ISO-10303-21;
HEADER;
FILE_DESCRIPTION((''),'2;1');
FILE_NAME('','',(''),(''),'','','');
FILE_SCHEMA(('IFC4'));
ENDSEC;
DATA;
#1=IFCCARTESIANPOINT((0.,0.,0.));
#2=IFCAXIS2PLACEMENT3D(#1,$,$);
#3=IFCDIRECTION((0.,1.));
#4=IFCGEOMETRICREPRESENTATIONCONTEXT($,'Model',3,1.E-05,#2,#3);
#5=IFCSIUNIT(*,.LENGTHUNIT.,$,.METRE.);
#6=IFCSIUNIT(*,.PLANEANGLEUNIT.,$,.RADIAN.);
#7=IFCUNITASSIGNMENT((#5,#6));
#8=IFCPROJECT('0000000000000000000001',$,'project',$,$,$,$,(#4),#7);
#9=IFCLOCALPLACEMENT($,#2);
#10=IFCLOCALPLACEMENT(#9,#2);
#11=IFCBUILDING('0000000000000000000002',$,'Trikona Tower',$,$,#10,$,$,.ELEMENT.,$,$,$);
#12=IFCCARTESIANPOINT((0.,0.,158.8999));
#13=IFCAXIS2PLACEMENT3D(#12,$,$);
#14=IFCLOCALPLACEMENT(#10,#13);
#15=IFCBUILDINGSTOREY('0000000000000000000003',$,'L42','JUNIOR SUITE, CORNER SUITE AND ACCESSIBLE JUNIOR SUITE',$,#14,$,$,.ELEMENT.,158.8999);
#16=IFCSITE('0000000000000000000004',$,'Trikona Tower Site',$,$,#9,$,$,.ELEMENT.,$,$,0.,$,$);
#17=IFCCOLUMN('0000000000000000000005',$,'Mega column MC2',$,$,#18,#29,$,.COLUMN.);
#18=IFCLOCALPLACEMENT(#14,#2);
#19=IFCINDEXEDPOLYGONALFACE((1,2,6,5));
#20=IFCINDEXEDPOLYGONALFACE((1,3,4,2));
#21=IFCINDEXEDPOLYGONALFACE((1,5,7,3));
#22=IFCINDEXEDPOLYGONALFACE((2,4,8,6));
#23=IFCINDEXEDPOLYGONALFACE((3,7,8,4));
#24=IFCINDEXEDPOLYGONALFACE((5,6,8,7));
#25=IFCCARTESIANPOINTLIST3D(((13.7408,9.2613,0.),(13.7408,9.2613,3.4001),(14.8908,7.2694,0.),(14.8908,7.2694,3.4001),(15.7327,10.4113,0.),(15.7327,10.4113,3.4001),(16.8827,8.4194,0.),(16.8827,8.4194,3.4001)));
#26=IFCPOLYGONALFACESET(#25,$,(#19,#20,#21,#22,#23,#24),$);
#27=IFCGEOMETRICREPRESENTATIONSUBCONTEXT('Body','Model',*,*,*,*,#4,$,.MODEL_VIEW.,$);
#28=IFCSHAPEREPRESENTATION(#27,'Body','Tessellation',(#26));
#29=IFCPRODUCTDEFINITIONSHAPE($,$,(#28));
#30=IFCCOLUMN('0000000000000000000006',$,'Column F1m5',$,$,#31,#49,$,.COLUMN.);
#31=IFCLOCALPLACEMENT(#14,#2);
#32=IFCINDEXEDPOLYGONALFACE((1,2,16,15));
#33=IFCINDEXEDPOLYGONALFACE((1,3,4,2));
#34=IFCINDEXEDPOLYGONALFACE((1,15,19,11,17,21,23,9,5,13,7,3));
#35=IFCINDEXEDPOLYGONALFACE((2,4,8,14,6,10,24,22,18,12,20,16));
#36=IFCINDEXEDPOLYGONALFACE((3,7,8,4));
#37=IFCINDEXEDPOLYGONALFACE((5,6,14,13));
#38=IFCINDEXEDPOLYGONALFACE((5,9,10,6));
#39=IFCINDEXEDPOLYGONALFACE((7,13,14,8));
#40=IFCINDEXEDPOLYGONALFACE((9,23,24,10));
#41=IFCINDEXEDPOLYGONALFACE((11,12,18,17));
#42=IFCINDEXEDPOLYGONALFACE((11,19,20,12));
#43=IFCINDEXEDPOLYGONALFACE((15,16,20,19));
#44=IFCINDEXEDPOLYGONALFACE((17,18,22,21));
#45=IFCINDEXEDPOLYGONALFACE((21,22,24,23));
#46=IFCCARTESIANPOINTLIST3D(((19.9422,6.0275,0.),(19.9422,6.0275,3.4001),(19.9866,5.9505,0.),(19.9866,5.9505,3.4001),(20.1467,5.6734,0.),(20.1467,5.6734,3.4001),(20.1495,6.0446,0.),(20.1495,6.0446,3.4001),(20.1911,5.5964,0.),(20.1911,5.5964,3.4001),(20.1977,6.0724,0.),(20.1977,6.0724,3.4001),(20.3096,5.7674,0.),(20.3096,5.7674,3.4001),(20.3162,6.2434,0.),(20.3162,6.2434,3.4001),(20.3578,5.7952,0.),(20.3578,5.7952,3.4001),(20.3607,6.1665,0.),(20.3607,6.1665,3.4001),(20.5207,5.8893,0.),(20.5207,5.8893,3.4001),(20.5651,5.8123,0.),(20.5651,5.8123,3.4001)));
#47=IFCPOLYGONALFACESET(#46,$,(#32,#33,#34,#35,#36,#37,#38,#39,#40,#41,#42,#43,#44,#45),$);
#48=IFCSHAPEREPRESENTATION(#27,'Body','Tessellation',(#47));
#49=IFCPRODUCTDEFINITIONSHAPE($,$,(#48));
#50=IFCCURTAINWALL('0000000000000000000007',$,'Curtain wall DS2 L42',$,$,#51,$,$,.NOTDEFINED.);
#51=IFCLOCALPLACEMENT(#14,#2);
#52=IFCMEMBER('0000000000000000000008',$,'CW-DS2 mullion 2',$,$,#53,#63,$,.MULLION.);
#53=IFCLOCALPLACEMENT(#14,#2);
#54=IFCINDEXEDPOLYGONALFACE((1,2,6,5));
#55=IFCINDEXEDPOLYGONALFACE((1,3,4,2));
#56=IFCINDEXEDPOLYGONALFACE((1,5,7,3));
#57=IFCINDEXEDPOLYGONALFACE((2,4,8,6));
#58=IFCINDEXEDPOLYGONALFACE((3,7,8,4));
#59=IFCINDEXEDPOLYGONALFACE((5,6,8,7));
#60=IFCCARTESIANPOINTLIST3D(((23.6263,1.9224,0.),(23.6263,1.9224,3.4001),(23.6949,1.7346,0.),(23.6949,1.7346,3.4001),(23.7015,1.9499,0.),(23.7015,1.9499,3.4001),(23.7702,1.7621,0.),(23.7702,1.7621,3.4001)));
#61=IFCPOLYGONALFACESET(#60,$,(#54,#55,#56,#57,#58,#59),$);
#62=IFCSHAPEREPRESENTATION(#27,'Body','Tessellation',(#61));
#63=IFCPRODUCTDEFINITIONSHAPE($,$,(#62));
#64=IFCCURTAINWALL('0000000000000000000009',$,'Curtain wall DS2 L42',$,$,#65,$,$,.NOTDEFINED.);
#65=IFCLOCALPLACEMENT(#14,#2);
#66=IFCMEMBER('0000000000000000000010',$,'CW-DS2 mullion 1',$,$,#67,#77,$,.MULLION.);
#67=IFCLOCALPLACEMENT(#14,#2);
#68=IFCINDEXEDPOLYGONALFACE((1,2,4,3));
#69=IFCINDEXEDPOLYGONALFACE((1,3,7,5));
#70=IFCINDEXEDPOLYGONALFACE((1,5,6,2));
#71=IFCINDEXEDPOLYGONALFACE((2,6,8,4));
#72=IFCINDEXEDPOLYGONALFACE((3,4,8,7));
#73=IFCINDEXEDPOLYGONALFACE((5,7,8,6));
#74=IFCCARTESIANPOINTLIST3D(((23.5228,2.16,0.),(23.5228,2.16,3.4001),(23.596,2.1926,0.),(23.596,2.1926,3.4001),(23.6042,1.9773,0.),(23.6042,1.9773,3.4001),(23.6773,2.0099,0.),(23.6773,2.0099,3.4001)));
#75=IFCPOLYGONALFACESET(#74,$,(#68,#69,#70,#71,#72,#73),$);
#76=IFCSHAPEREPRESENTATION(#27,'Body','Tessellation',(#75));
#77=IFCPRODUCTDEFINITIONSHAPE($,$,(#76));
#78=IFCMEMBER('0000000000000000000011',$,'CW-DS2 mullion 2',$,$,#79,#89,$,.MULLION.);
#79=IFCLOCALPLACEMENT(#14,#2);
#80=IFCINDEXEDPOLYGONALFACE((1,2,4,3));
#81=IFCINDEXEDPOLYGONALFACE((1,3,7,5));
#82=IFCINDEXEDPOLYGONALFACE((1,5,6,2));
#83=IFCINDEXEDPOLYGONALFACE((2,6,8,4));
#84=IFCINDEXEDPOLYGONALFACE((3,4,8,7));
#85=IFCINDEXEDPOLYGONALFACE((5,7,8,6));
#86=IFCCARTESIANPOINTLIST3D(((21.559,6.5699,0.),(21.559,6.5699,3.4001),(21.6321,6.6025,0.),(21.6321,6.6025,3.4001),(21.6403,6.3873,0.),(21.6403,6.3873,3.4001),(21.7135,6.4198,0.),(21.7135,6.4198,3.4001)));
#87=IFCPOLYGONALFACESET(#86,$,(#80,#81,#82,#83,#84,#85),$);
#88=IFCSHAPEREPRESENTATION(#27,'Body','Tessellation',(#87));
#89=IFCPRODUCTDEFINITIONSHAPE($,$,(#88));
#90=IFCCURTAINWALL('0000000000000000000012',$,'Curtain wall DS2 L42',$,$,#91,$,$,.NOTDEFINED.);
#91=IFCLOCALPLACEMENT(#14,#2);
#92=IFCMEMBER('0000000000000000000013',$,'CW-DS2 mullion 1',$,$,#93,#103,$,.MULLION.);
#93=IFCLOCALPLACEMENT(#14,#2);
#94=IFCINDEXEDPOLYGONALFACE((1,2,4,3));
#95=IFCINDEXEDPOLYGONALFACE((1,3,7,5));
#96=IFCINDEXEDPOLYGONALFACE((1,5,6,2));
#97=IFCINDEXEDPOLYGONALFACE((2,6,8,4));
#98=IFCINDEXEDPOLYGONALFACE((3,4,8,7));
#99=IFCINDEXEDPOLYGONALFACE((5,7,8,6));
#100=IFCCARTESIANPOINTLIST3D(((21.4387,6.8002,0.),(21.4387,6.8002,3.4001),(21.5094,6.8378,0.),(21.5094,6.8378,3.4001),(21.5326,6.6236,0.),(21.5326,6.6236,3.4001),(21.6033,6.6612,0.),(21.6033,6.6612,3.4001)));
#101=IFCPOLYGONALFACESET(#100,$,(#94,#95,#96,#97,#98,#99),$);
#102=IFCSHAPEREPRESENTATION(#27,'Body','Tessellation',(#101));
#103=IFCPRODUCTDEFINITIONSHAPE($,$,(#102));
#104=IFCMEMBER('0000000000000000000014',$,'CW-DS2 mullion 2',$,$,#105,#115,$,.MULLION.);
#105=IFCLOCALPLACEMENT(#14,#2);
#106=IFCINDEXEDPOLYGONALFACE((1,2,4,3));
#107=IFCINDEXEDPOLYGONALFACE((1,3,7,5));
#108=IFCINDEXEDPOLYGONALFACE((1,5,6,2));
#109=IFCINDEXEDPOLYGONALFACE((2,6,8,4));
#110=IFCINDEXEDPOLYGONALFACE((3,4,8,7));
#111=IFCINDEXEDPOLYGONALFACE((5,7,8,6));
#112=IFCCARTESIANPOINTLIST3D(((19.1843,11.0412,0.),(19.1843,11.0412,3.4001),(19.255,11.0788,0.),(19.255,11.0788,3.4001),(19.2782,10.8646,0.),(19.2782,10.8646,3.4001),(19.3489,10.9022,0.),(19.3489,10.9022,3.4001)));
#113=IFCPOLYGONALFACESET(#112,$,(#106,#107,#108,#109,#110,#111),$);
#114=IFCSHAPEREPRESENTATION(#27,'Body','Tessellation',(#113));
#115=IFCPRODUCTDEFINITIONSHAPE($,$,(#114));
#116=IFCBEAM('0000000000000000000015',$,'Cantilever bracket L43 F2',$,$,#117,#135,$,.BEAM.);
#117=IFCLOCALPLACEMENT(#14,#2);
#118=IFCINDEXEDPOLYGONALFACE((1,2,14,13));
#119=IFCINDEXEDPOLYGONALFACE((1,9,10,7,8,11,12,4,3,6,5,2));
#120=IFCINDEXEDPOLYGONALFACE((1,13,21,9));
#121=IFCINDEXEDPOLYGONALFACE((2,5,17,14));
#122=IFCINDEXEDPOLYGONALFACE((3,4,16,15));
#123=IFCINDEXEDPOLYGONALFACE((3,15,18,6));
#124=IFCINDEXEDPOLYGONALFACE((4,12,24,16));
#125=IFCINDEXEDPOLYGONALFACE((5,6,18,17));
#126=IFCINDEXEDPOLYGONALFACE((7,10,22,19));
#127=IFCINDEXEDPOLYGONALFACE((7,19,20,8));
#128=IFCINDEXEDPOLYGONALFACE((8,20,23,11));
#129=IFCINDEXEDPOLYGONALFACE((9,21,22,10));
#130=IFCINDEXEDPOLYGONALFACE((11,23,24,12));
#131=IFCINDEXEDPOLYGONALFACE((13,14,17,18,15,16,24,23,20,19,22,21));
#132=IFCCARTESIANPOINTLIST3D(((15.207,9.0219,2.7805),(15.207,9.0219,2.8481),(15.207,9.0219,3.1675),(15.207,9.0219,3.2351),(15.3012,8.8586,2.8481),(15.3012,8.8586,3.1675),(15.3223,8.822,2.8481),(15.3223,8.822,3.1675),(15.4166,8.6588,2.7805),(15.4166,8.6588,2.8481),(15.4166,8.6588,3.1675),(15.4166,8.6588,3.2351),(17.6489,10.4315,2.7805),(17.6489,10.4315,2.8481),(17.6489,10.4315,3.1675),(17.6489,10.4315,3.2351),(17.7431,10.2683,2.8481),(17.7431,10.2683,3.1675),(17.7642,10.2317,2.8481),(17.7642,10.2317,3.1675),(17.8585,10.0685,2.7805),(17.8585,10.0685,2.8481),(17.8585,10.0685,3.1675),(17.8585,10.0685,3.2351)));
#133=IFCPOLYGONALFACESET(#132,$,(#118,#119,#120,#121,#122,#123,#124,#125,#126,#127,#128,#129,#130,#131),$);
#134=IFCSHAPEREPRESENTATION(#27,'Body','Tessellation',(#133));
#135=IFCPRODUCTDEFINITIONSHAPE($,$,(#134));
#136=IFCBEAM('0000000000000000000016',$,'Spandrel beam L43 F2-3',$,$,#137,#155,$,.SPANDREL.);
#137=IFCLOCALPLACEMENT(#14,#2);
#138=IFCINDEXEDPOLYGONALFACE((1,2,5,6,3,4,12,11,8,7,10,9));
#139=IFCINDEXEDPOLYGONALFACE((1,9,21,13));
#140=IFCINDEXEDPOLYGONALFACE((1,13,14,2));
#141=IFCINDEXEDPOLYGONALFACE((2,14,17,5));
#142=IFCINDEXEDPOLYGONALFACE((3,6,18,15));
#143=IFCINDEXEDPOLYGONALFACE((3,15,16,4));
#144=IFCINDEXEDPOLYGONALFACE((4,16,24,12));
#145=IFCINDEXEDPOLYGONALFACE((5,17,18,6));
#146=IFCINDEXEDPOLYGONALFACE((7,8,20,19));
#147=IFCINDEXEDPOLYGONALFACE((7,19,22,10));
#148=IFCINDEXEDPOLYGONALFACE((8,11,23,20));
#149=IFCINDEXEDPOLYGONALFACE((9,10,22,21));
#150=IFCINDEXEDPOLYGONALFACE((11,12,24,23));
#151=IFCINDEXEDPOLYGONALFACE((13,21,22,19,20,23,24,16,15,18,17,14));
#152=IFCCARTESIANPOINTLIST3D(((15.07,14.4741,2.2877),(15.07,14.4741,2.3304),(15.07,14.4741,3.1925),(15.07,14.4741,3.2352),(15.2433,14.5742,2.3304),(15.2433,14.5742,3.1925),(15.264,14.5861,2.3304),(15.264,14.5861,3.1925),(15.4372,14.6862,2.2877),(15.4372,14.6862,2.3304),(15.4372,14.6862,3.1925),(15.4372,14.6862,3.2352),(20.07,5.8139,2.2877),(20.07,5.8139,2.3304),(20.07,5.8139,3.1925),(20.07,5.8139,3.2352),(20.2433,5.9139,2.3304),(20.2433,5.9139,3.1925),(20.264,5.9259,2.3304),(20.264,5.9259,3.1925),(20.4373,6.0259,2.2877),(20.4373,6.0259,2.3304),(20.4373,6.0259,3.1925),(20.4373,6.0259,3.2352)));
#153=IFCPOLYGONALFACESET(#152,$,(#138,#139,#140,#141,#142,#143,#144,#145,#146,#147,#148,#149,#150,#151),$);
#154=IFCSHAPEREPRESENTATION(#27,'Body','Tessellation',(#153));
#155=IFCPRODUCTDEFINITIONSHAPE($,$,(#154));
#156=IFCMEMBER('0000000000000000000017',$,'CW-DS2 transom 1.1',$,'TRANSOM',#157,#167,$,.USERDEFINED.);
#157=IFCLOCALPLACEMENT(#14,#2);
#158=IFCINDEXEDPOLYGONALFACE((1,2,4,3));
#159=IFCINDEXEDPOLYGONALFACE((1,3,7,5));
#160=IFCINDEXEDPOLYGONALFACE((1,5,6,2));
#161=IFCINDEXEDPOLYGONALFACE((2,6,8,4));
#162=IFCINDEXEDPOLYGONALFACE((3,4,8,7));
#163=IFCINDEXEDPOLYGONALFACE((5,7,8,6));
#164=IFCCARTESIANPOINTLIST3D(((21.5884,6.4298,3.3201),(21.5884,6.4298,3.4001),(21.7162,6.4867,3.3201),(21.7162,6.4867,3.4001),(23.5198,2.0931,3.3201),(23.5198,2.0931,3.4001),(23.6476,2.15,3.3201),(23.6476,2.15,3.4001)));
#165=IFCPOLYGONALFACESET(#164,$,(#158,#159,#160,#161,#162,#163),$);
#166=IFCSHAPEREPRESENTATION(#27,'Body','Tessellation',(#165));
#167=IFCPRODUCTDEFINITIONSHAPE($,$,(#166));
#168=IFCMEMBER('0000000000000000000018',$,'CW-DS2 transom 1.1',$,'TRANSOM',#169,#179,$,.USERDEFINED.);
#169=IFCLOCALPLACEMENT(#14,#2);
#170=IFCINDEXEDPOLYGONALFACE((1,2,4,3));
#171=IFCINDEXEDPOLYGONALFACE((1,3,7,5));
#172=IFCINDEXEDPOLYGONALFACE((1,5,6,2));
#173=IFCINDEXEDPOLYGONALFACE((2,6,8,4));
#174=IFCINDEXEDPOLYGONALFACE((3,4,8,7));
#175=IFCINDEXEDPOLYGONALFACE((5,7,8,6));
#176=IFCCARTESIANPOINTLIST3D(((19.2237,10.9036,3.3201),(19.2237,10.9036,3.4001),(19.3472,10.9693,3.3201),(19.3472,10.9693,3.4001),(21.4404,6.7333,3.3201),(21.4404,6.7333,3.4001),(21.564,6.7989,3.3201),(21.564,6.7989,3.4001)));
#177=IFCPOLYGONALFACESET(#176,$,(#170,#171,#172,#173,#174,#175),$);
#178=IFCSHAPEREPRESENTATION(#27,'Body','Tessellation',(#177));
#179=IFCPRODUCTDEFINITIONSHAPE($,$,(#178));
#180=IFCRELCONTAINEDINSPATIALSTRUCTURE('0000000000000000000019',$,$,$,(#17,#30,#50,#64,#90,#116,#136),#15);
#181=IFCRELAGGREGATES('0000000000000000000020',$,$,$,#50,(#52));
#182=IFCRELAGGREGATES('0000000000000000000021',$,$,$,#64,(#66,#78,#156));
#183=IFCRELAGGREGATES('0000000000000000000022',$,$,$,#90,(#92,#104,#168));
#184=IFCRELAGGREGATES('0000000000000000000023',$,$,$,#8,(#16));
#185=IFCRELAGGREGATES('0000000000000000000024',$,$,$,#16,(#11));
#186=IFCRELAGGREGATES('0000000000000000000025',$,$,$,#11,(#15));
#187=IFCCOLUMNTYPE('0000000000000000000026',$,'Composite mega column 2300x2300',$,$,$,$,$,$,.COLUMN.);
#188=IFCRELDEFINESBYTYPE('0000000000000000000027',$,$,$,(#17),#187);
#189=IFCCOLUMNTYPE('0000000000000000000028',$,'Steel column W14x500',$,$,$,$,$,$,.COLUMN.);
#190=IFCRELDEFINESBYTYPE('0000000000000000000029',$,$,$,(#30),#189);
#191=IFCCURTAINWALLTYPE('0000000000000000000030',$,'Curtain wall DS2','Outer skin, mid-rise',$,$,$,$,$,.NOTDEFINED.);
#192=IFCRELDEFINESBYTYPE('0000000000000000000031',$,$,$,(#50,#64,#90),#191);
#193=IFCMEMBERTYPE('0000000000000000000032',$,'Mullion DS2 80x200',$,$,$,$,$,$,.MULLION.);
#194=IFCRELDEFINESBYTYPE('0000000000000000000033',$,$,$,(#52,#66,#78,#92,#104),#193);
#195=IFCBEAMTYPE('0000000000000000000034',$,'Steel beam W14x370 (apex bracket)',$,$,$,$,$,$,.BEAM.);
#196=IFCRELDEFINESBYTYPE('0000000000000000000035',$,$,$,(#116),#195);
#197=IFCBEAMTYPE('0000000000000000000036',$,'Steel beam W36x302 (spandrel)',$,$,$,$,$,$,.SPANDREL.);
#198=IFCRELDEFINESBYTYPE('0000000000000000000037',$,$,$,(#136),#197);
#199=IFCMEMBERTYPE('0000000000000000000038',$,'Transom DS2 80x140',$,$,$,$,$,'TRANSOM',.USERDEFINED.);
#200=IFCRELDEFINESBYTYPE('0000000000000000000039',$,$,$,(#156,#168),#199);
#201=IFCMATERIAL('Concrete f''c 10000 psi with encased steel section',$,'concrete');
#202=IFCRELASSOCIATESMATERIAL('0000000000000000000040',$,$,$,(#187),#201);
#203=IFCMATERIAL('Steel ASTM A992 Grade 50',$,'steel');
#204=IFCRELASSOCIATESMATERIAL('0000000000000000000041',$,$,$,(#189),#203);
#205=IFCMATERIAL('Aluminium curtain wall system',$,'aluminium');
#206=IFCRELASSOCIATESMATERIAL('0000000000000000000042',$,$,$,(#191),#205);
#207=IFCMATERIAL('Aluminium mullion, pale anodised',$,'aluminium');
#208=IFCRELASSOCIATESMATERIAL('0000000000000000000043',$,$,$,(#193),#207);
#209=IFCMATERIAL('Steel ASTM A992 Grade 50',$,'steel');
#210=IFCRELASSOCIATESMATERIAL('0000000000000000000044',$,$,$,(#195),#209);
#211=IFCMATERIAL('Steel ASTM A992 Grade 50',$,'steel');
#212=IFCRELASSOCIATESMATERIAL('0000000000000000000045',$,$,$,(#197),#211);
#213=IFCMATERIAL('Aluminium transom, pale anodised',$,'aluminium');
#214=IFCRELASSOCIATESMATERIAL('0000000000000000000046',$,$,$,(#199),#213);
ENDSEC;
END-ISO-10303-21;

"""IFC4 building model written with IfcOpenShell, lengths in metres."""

from ifc_helpers import new_model, si_unit, direction, frame, origin, origin_2d, place, context, subcontext, project, spatial, rectangle, i_section, extrude, material, material_profile, profile_set, type_object, element, aggregate, save


model = new_model("IFC4")

# Units and contexts
model_context = context("Model", 3, precision=1e-05, world=origin(), true_north=direction((0.0, 1.0)))
body_context = subcontext(model_context, "Body", "Model", "MODEL_VIEW")
ifc_project = project(units=[si_unit("LENGTHUNIT", "METRE"), si_unit("PLANEANGLEUNIT", "RADIAN")], contexts=[model_context])

# Site, building, storey
site_placement = place(None, origin())
site = spatial("IfcSite", under=ifc_project, at=site_placement, Name="Trikona Tower Site", CompositionType="ELEMENT", RefElevation=0.0)
building_placement = place(site_placement, origin())
building = spatial("IfcBuilding", under=site, at=building_placement, Name="Trikona Tower", CompositionType="ELEMENT")
storey_placement = place(building_placement, frame((0.0, 0.0, 158.8999)))
storey = spatial("IfcBuildingStorey", under=building, at=storey_placement, Name="L42", Description="JUNIOR SUITE, CORNER SUITE AND ACCESSIBLE JUNIOR SUITE", CompositionType="ELEMENT", Elevation=158.8999)

# Columns
ifc_material_1 = material(Name="Concrete f'c 10000 psi with encased steel section", Category="concrete")
ifc_material_profile_1 = material_profile(ifc_material_1, rectangle(XDim=2.3, YDim=2.3, at=origin_2d()), Name="MC2300")
ifc_profile_set_1 = profile_set([ifc_material_profile_1], Name="Concrete f'c 10000 psi with encased steel section")
column_type_1 = type_object("IfcColumnType", Name="Composite mega column 2300x2300", PredefinedType="COLUMN", material=ifc_profile_set_1)
column_1_placement = place(storey_placement, frame((15.3118, 8.8403, 0.0), z_axis=(0.0, 0.0, 1.0), x_axis=(0.866025, 0.5, 0.0)))
element("IfcColumn", 1, at=column_1_placement, inside=storey, type_object=column_type_1, Name="Mega column MC2", PredefinedType="COLUMN", context=body_context, shape_type="SweptSolid", body=[
    extrude(rectangle(XDim=2.3, YDim=2.3, at=origin_2d()), origin(), (0.0, 0.0, 1.0), 3.4001),
])
ifc_material_2 = material(Name="Steel ASTM A992 Grade 50", Category="steel")
ifc_material_profile_2 = material_profile(ifc_material_2, i_section(OverallWidth=0.4319, OverallDepth=0.4978, WebThickness=0.0557, FlangeThickness=0.0889, at=origin_2d()), Name="W14X500")
ifc_profile_set_2 = profile_set([ifc_material_profile_2], Name="Steel ASTM A992 Grade 50")
column_type_2 = type_object("IfcColumnType", Name="Steel column W14x500", PredefinedType="COLUMN", material=ifc_profile_set_2)
column_2_placement = place(storey_placement, frame((20.2537, 5.9199, 0.0), z_axis=(0.0, 0.0, 1.0), x_axis=(0.866025, 0.5, 0.0)))
element("IfcColumn", 2, at=column_2_placement, inside=storey, type_object=column_type_2, Name="Column F1m5", PredefinedType="COLUMN", context=body_context, shape_type="SweptSolid", body=[
    extrude(i_section(OverallWidth=0.4319, OverallDepth=0.4978, WebThickness=0.0557, FlangeThickness=0.0889, at=origin_2d()), origin(), (0.0, 0.0, 1.0), 3.4001),
])

# Curtain wall, member
ifc_material_3 = material(Name="Aluminium curtain wall system", Category="aluminium")
curtain_wall_type = type_object("IfcCurtainWallType", Name="Curtain wall DS2", Description="Outer skin, mid-rise", PredefinedType="NOTDEFINED", material=ifc_material_3)
curtain_wall_1_placement = place(storey_placement, origin())
curtain_wall_1 = element("IfcCurtainWall", 3, at=curtain_wall_1_placement, inside=storey, type_object=curtain_wall_type, Name="Curtain wall DS2 L42", PredefinedType="NOTDEFINED")
ifc_material_4 = material(Name="Aluminium mullion, pale anodised", Category="aluminium")
ifc_material_profile_3 = material_profile(ifc_material_4, rectangle(XDim=0.0801, YDim=0.2, at=origin_2d()), Name="MUL-DS2")
ifc_profile_set_3 = profile_set([ifc_material_profile_3], Name="Aluminium mullion, pale anodised")
member_type_1 = type_object("IfcMemberType", Name="Mullion DS2 80x200", PredefinedType="MULLION", material=ifc_profile_set_3)
member_1_placement = place(storey_placement, frame((23.6982, 1.8423, 0.0), z_axis=(0.0, 0.0, 1.0), x_axis=(-0.939254, -0.343223, 0.0)))
member_1 = element("IfcMember", 4, at=member_1_placement, type_object=member_type_1, Name="CW-DS2 mullion 2", PredefinedType="MULLION", context=body_context, shape_type="SweptSolid", body=[
    extrude(rectangle(XDim=0.0801, YDim=0.2, at=origin_2d()), origin(), (0.0, 0.0, 1.0), 3.4001),
])
aggregate(curtain_wall_1, [member_1])

# Curtain walls, members
curtain_wall_2_placement = place(storey_placement, origin())
curtain_wall_2 = element("IfcCurtainWall", 5, at=curtain_wall_2_placement, inside=storey, type_object=curtain_wall_type, Name="Curtain wall DS2 L42", PredefinedType="NOTDEFINED")
member_2_placement = place(storey_placement, frame((23.6001, 2.085, 0.0), z_axis=(0.0, 0.0, 1.0), x_axis=(-0.913501, -0.406836, 0.0)))
member_2 = element("IfcMember", 6, at=member_2_placement, type_object=member_type_1, Name="CW-DS2 mullion 1", PredefinedType="MULLION", context=body_context, shape_type="SweptSolid", body=[
    extrude(rectangle(XDim=0.0801, YDim=0.2, at=origin_2d()), origin(), (0.0, 0.0, 1.0), 3.4001),
])
member_3_placement = place(storey_placement, frame((21.6362, 6.4949, 0.0), z_axis=(0.0, 0.0, 1.0), x_axis=(-0.913501, -0.406836, 0.0)))
member_3 = element("IfcMember", 7, at=member_3_placement, type_object=member_type_1, Name="CW-DS2 mullion 2", PredefinedType="MULLION", context=body_context, shape_type="SweptSolid", body=[
    extrude(rectangle(XDim=0.0801, YDim=0.2, at=origin_2d()), origin(), (0.0, 0.0, 1.0), 3.4001),
])
curtain_wall_3_placement = place(storey_placement, origin())
curtain_wall_3 = element("IfcCurtainWall", 8, at=curtain_wall_3_placement, inside=storey, type_object=curtain_wall_type, Name="Curtain wall DS2 L42", PredefinedType="NOTDEFINED")
member_4_placement = place(storey_placement, frame((21.521, 6.7307, 0.0), z_axis=(0.0, 0.0, 1.0), x_axis=(-0.882996, -0.46938, 0.0)))
member_4 = element("IfcMember", 9, at=member_4_placement, type_object=member_type_1, Name="CW-DS2 mullion 1", PredefinedType="MULLION", context=body_context, shape_type="SweptSolid", body=[
    extrude(rectangle(XDim=0.0801, YDim=0.2, at=origin_2d()), origin(), (0.0, 0.0, 1.0), 3.4001),
])
member_5_placement = place(storey_placement, frame((19.2666, 10.9717, 0.0), z_axis=(0.0, 0.0, 1.0), x_axis=(-0.882996, -0.46938, 0.0)))
member_5 = element("IfcMember", 10, at=member_5_placement, type_object=member_type_1, Name="CW-DS2 mullion 2", PredefinedType="MULLION", context=body_context, shape_type="SweptSolid", body=[
    extrude(rectangle(XDim=0.0801, YDim=0.2, at=origin_2d()), origin(), (0.0, 0.0, 1.0), 3.4001),
])

# Beams
ifc_material_5 = material(Name="Steel ASTM A992 Grade 50", Category="steel")
ifc_material_profile_4 = material_profile(ifc_material_5, i_section(OverallWidth=0.4192, OverallDepth=0.4546, WebThickness=0.0422, FlangeThickness=0.0676, at=origin_2d()), Name="W14X370")
ifc_profile_set_4 = profile_set([ifc_material_profile_4], Name="Steel ASTM A992 Grade 50")
beam_type_1 = type_object("IfcBeamType", Name="Steel beam W14x370 (apex bracket)", PredefinedType="BEAM", material=ifc_profile_set_4)
beam_1_placement = place(storey_placement, frame((15.3118, 8.8403, 3.0078), z_axis=(0.86605, 0.499957, 0.0), x_axis=(-0.499957, 0.86605, 0.0)))
element("IfcBeam", 11, at=beam_1_placement, inside=storey, type_object=beam_type_1, Name="Cantilever bracket L43 F2", PredefinedType="BEAM", context=body_context, shape_type="SweptSolid", body=[
    extrude(i_section(OverallWidth=0.4192, OverallDepth=0.4546, WebThickness=0.0422, FlangeThickness=0.0676, at=origin_2d()), origin(), (0.0, 0.0, 1.0), 2.8196),
])
ifc_material_6 = material(Name="Steel ASTM A992 Grade 50", Category="steel")
ifc_material_profile_5 = material_profile(ifc_material_6, i_section(OverallWidth=0.4241, OverallDepth=0.9475, WebThickness=0.0239, FlangeThickness=0.0427, at=origin_2d()), Name="W36X302")
ifc_profile_set_5 = profile_set([ifc_material_profile_5], Name="Steel ASTM A992 Grade 50")
beam_type_2 = type_object("IfcBeamType", Name="Steel beam W36x302 (spandrel)", PredefinedType="SPANDREL", material=ifc_profile_set_5)
beam_2_placement = place(storey_placement, frame((20.2537, 5.9199, 2.7615), z_axis=(-0.500004, 0.866023, 0.0), x_axis=(-0.866023, -0.500004, 0.0)))
element("IfcBeam", 12, at=beam_2_placement, inside=storey, type_object=beam_type_2, Name="Spandrel beam L43 F2-3", PredefinedType="SPANDREL", context=body_context, shape_type="SweptSolid", body=[
    extrude(i_section(OverallWidth=0.4241, OverallDepth=0.9475, WebThickness=0.0239, FlangeThickness=0.0427, at=origin_2d()), origin(), (0.0, 0.0, 1.0), 10.0),
])

# Members
ifc_material_7 = material(Name="Aluminium transom, pale anodised", Category="aluminium")
ifc_material_profile_6 = material_profile(ifc_material_7, rectangle(XDim=0.1399, YDim=0.0801, at=origin_2d()), Name="TRN-DS2")
ifc_profile_set_6 = profile_set([ifc_material_profile_6], Name="Aluminium transom, pale anodised")
member_type_2 = type_object("IfcMemberType", Name="Transom DS2 80x140", ElementType="TRANSOM", PredefinedType="USERDEFINED", material=ifc_profile_set_6)
member_6_placement = place(storey_placement, frame((23.5837, 2.1216, 3.3601), z_axis=(-0.40684, 0.9135, 0.0), x_axis=(-0.9135, -0.40684, 0.0)))
member_6 = element("IfcMember", 13, at=member_6_placement, type_object=member_type_2, Name="CW-DS2 transom 1.1", ObjectType="TRANSOM", PredefinedType="USERDEFINED", context=body_context, shape_type="SweptSolid", body=[
    extrude(rectangle(XDim=0.1399, YDim=0.0801, at=origin_2d()), origin(), (0.0, 0.0, 1.0), 4.7473),
])
member_7_placement = place(storey_placement, frame((21.5022, 6.7661, 3.3601), z_axis=(-0.469364, 0.883005, 0.0), x_axis=(-0.883005, -0.469364, 0.0)))
member_7 = element("IfcMember", 14, at=member_7_placement, type_object=member_type_2, Name="CW-DS2 transom 1.1", ObjectType="TRANSOM", PredefinedType="USERDEFINED", context=body_context, shape_type="SweptSolid", body=[
    extrude(rectangle(XDim=0.1399, YDim=0.0801, at=origin_2d()), origin(), (0.0, 0.0, 1.0), 4.7229),
])

aggregate(curtain_wall_2, [member_2, member_3, member_6])
aggregate(curtain_wall_3, [member_4, member_5, member_7])

save(model, "model.ifc")
